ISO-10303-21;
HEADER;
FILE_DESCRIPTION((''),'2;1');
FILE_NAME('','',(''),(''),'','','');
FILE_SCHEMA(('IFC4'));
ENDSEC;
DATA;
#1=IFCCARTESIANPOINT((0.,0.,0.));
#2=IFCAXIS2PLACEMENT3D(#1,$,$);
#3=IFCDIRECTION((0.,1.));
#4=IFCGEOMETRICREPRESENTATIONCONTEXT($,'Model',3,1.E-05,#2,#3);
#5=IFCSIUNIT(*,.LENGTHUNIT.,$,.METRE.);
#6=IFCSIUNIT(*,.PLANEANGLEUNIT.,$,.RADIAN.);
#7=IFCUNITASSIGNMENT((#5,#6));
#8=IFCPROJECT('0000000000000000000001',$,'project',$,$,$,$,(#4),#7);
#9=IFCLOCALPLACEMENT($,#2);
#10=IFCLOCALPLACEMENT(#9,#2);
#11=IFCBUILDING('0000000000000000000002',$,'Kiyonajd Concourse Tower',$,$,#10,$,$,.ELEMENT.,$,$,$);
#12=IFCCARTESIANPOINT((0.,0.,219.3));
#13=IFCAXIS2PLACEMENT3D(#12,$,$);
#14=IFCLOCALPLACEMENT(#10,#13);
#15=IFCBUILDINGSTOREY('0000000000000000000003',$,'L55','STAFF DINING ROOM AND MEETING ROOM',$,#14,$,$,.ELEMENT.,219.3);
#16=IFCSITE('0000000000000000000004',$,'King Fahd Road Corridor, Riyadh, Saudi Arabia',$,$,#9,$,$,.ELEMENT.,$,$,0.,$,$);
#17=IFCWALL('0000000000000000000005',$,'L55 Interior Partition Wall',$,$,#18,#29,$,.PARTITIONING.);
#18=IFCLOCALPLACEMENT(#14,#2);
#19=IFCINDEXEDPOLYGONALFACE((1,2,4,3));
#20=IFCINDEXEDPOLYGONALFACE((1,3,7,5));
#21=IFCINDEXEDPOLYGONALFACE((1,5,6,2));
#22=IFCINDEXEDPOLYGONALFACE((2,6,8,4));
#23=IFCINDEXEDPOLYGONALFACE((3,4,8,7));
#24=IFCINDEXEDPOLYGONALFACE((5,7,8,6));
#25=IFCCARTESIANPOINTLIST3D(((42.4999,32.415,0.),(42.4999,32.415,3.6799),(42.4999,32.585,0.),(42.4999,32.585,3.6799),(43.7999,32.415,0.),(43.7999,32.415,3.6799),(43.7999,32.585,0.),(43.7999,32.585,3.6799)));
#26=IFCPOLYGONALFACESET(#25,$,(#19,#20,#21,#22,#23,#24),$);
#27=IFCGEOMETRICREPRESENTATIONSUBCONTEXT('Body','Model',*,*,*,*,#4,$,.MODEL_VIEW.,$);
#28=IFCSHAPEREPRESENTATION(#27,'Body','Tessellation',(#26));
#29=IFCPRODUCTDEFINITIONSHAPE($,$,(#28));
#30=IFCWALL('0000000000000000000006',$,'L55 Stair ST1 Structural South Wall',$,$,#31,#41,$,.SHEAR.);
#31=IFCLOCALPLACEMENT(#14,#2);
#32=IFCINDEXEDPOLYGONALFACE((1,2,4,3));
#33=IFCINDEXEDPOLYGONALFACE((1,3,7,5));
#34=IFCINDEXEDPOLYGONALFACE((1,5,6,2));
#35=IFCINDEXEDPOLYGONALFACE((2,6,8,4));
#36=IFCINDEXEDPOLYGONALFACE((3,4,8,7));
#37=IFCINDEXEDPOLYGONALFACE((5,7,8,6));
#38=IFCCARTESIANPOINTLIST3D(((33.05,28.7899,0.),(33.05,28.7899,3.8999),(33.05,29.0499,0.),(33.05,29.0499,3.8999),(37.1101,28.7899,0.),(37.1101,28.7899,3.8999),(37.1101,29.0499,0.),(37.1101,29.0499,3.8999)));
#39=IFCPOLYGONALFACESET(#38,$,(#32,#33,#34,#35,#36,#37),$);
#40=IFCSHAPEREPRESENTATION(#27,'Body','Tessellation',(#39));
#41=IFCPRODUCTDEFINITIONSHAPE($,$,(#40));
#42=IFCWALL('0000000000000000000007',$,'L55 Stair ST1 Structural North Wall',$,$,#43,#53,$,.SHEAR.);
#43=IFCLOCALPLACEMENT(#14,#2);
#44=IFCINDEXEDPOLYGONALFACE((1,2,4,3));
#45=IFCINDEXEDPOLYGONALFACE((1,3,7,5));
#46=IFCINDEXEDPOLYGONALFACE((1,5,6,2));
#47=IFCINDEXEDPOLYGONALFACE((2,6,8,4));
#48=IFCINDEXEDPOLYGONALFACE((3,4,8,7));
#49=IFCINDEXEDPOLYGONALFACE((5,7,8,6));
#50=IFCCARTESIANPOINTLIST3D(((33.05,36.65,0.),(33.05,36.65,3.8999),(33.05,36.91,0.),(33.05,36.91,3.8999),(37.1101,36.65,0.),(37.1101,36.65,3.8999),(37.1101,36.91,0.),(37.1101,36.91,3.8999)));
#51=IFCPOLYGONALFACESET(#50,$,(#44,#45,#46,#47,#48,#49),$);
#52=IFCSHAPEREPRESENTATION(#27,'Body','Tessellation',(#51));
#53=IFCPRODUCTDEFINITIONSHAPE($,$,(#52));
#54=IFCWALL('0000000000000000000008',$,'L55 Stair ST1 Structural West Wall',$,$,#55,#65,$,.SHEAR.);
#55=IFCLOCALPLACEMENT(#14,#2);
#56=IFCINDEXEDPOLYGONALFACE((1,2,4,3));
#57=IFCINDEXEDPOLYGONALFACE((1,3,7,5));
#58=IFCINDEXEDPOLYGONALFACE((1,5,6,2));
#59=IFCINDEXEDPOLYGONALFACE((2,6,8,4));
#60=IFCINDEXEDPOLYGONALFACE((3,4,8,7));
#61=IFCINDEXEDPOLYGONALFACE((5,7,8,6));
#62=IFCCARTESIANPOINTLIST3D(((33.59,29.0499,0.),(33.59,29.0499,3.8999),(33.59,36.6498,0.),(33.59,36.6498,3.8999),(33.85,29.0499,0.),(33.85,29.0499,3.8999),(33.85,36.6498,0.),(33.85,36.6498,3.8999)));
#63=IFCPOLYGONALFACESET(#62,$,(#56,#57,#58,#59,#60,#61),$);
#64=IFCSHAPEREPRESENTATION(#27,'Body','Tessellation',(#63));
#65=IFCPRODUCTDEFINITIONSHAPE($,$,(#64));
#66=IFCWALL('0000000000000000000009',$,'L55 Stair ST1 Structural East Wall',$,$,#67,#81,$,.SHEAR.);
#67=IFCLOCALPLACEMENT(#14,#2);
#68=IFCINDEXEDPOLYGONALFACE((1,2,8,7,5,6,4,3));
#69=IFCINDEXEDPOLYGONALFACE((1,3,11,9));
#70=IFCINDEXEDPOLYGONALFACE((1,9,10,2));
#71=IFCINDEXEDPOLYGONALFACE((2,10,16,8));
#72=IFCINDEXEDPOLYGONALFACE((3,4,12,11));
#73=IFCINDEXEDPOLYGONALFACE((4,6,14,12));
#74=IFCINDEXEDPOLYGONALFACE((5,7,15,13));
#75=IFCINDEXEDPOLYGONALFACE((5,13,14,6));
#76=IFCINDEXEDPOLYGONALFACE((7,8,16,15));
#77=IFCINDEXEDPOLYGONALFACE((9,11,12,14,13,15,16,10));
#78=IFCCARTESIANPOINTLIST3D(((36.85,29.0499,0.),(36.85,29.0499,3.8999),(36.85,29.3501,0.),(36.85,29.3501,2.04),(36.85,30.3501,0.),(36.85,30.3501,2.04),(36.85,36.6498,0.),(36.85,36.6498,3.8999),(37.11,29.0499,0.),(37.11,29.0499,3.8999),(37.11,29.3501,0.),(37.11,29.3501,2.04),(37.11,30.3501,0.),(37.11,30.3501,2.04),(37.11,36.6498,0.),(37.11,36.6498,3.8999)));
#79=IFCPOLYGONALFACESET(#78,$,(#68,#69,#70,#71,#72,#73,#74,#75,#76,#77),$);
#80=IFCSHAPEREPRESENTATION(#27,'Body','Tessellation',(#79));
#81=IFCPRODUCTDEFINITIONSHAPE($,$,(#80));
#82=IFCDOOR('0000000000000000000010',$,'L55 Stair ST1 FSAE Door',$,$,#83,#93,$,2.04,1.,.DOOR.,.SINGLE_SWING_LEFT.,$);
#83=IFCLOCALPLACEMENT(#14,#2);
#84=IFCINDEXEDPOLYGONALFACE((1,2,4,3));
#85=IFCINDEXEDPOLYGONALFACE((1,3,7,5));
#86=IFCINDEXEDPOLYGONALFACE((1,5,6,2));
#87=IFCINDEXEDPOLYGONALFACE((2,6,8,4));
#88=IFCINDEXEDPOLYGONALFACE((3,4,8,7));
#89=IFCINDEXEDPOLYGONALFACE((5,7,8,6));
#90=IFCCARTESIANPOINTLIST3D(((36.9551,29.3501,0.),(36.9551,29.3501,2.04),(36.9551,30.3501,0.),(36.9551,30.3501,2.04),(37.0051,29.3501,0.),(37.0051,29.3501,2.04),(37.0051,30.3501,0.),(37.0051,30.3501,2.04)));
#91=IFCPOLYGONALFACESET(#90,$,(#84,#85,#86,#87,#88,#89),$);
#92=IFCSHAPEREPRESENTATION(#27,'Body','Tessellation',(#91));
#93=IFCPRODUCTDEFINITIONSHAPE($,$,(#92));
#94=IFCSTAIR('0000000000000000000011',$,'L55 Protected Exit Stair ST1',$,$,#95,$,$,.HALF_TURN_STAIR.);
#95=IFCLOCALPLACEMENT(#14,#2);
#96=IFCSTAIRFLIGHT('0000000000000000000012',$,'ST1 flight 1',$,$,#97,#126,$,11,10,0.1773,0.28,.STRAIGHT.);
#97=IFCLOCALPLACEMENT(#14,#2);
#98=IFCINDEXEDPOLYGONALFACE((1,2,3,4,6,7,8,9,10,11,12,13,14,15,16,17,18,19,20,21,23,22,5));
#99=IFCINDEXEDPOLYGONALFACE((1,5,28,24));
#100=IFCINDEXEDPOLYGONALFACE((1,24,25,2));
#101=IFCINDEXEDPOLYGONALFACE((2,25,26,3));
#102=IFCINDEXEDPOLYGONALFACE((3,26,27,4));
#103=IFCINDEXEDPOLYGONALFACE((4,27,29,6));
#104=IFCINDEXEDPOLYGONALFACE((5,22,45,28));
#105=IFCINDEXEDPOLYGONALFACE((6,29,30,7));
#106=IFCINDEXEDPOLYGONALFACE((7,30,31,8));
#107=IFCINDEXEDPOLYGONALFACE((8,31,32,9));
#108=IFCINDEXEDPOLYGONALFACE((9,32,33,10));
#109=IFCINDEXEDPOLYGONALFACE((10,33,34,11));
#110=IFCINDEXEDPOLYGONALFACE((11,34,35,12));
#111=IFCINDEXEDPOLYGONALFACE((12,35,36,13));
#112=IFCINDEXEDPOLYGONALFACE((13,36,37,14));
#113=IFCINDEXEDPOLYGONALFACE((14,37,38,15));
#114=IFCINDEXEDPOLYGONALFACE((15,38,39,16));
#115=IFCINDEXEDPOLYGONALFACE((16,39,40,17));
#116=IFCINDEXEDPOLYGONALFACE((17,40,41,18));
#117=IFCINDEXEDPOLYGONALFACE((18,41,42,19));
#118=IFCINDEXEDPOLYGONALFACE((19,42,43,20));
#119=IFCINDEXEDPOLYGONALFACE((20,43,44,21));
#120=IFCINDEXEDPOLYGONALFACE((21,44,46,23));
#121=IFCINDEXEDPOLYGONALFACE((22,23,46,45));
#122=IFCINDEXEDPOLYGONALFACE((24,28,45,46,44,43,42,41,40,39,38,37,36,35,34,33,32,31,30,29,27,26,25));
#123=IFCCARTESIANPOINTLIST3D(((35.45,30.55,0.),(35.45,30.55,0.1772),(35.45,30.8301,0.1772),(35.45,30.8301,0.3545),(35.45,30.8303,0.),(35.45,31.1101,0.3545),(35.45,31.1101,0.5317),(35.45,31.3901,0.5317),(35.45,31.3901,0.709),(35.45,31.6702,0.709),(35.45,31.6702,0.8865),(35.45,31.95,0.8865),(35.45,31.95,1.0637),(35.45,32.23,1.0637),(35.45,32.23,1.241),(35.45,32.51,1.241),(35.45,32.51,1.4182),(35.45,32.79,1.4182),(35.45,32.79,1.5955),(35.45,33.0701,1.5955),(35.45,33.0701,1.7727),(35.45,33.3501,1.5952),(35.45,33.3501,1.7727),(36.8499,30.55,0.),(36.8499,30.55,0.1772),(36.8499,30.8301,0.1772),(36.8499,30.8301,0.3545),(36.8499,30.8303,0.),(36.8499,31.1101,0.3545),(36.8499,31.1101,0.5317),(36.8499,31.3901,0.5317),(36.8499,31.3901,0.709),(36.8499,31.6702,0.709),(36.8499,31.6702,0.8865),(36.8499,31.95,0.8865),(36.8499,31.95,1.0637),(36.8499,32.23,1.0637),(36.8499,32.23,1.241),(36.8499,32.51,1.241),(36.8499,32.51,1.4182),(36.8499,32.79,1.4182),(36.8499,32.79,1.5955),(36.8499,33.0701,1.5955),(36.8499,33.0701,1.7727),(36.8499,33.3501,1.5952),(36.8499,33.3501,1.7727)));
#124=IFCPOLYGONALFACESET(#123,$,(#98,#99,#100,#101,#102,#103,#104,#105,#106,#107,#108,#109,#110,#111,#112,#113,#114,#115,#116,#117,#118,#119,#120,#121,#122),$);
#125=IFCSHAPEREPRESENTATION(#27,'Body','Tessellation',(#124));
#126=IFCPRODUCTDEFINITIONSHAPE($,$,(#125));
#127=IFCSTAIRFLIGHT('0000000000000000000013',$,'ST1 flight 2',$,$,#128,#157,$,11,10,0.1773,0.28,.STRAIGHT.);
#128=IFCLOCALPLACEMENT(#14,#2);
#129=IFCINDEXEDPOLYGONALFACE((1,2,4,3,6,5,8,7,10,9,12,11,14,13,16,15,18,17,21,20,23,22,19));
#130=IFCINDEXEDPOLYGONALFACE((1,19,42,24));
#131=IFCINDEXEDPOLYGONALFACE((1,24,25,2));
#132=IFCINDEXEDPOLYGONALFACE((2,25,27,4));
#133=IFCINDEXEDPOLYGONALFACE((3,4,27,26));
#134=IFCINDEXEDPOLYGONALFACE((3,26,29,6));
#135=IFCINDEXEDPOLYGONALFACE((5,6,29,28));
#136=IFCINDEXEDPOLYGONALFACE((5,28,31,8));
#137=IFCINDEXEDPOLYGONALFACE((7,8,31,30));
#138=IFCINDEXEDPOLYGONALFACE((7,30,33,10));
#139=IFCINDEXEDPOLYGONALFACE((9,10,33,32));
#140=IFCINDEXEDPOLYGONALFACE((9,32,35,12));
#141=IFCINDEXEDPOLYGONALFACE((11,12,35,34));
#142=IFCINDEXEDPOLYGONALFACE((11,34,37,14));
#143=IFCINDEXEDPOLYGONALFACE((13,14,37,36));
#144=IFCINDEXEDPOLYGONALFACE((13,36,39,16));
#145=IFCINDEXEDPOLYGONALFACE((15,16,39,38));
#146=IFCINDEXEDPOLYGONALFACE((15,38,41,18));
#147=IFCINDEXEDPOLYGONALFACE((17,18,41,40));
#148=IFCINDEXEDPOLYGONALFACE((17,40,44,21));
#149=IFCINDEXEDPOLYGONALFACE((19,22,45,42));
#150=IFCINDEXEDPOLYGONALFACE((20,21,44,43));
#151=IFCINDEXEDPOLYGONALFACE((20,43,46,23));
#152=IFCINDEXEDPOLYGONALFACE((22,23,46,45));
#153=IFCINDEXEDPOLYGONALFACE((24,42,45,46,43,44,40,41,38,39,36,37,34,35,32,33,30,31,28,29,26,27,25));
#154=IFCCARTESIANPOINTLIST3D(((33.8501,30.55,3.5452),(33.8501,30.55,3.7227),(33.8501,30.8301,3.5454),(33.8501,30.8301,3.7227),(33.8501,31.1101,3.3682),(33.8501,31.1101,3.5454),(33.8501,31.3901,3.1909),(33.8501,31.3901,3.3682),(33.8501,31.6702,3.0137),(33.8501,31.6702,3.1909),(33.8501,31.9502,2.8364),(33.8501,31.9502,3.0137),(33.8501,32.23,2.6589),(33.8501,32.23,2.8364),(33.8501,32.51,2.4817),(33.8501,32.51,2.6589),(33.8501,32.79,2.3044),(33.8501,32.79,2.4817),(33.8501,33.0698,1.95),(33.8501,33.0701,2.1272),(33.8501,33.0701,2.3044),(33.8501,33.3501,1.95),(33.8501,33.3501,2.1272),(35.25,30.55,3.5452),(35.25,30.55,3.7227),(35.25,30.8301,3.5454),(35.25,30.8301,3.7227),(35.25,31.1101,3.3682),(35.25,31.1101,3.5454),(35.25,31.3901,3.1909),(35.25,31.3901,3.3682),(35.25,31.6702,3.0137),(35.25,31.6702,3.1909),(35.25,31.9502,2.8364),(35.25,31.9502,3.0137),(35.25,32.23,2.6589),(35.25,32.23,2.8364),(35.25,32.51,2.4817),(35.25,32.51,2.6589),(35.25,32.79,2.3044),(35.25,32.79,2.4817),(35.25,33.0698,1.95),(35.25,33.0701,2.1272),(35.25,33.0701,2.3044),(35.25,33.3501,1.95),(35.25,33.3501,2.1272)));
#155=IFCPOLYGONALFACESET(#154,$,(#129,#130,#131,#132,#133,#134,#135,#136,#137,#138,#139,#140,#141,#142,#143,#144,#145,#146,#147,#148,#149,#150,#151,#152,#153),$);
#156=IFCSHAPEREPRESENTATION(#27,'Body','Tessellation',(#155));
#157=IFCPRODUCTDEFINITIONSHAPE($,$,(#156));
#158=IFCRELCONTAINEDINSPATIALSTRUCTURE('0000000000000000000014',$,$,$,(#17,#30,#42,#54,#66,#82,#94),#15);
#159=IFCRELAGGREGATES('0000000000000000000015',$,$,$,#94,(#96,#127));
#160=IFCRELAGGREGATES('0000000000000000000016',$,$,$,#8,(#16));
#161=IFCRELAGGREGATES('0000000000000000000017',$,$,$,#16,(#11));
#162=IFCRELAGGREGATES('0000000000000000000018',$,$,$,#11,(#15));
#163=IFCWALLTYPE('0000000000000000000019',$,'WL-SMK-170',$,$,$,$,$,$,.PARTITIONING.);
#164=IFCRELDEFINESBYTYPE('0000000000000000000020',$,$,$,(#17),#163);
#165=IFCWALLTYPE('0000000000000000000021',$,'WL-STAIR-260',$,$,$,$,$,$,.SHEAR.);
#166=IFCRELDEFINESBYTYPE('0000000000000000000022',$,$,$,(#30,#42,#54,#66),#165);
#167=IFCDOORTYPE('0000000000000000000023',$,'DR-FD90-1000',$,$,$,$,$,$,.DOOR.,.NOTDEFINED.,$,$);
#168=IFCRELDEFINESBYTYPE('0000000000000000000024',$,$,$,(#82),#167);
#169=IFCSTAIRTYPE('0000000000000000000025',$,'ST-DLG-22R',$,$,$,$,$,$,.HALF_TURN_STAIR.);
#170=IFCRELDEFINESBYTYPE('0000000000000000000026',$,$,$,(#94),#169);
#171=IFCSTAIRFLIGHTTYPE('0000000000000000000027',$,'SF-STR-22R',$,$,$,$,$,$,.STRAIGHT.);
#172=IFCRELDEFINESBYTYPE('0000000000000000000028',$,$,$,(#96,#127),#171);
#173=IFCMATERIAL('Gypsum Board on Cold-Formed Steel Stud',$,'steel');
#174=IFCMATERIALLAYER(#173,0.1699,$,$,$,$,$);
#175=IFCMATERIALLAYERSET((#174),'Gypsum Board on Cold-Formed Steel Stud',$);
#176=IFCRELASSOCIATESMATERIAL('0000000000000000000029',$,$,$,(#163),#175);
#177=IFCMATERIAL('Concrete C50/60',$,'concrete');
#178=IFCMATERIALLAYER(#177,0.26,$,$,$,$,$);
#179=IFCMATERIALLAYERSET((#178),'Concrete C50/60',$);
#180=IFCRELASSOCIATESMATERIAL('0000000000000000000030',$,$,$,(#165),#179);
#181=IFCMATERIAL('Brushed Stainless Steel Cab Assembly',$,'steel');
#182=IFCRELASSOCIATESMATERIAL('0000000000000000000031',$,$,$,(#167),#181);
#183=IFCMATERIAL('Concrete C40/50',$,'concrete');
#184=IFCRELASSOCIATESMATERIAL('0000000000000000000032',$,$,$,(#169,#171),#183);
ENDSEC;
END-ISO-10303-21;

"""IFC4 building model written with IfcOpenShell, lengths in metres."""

from ifc_helpers import new_model, si_unit, direction, frame, frame_2d, origin, place, context, subcontext, project, spatial, polyline, rectangle, outline, extrude, material, layer, layer_set, type_object, element, fill, aggregate, save


model = new_model("IFC4")

# Units and contexts
model_context = context("Model", 3, precision=1e-05, world=origin(), true_north=direction((0.0, 1.0)))
body_context = subcontext(model_context, "Body", "Model", "MODEL_VIEW")
ifc_project = project(units=[si_unit("LENGTHUNIT", "METRE"), si_unit("PLANEANGLEUNIT", "RADIAN")], contexts=[model_context])

# Site, building, storey
site_placement = place(None, origin())
site = spatial("IfcSite", under=ifc_project, at=site_placement, Name="King Fahd Road Corridor, Riyadh, Saudi Arabia", CompositionType="ELEMENT", RefElevation=0.0)
building_placement = place(site_placement, origin())
building = spatial("IfcBuilding", under=site, at=building_placement, Name="Kiyonajd Concourse Tower", CompositionType="ELEMENT")
storey_placement = place(building_placement, frame((0.0, 0.0, 219.3)))
storey = spatial("IfcBuildingStorey", under=building, at=storey_placement, Name="L55", Description="STAFF DINING ROOM AND MEETING ROOM", CompositionType="ELEMENT", Elevation=219.3)

# Shared definitions
ifc_material_1 = material(Name="Concrete C50/60", Category="concrete")

# Shared definitions
ifc_material_2 = material(Name="Gypsum Board on Cold-Formed Steel Stud", Category="steel")

# Shared definitions
ifc_material_3 = material(Name="Brushed Stainless Steel Cab Assembly", Category="steel")

# Walls
ifc_layer_1 = layer(ifc_material_2, 0.1699)
ifc_layer_set_1 = layer_set([ifc_layer_1], Name="Gypsum Board on Cold-Formed Steel Stud")
wall_type_1 = type_object("IfcWallType", Name="WL-SMK-170", PredefinedType="PARTITIONING", material=ifc_layer_set_1)
wall_1_placement = place(storey_placement, frame((42.5, 32.5, 0.0), z_axis=(0.0, 0.0, 1.0), x_axis=(1.0, 0.0, 0.0)))
element("IfcWall", 1, at=wall_1_placement, inside=storey, type_object=wall_type_1, Name="L55 Interior Partition Wall", PredefinedType="PARTITIONING", context=body_context, shape_type="SweptSolid", body=[
    extrude(rectangle(XDim=1.3, YDim=0.1699, at=frame_2d((0.6499, 0.0))), origin(), (0.0, 0.0, 1.0), 3.6799),
])
ifc_layer_2 = layer(ifc_material_1, 0.26)
ifc_layer_set_2 = layer_set([ifc_layer_2], Name="Concrete C50/60")
wall_type_2 = type_object("IfcWallType", Name="WL-STAIR-260", PredefinedType="SHEAR", material=ifc_layer_set_2)
for number, where, z_axis, x_axis, name in (
    (2, (33.05, 28.9199, 0.0), (0.0, 0.0, 1.0), (1.0, 0.0, 0.0), "L55 Stair ST1 Structural South Wall"),
    (3, (33.05, 36.78, 0.0), (0.0, 0.0, 1.0), (1.0, 0.0, 0.0), "L55 Stair ST1 Structural North Wall"),
):
    element("IfcWall", number, at=place(storey_placement, frame(where, z_axis=z_axis, x_axis=x_axis)), inside=storey, type_object=wall_type_2, Name=name, PredefinedType="SHEAR", context=body_context, shape_type="SweptSolid", body=[
        extrude(rectangle(XDim=4.0601, YDim=0.26, at=frame_2d((2.03, 0.0))), origin(), (0.0, 0.0, 1.0), 3.8999),
    ])
wall_2_placement = place(storey_placement, frame((33.72, 29.05, 0.0), z_axis=(0.0, 0.0, 1.0), x_axis=(0.0, 1.0, 0.0)))
element("IfcWall", 4, at=wall_2_placement, inside=storey, type_object=wall_type_2, Name="L55 Stair ST1 Structural West Wall", PredefinedType="SHEAR", context=body_context, shape_type="SweptSolid", body=[
    extrude(rectangle(XDim=7.5999, YDim=0.26, at=frame_2d((3.7998, 0.0))), origin(), (0.0, 0.0, 1.0), 3.8999),
])

# Wall, opening, door
wall_3_placement = place(storey_placement, frame((36.98, 29.05, 0.0), z_axis=(0.0, 0.0, 1.0), x_axis=(0.0, 1.0, 0.0)))
wall_3 = element("IfcWall", 5, at=wall_3_placement, inside=storey, type_object=wall_type_2, Name="L55 Stair ST1 Structural East Wall", PredefinedType="SHEAR", context=body_context, shape_type="SweptSolid", body=[
    extrude(rectangle(XDim=7.5999, YDim=0.26, at=frame_2d((3.7998, 0.0))), origin(), (0.0, 0.0, 1.0), 3.8999),
])
opening_1_placement = place(wall_3_placement, frame((0.3, 0.0, 0.0)))
opening_1 = element("IfcOpeningElement", 6, at=opening_1_placement, cuts=wall_3, PredefinedType="OPENING", context=body_context, shape_type="SweptSolid", body=[
    extrude(rectangle(XDim=1.0, YDim=2.04, at=frame_2d((0.5, 1.02))), frame((0.0, 0.1399, 0.0), z_axis=(0.0, -1.0, 0.0), x_axis=(1.0, 0.0, 0.0)), (0.0, 0.0, 1.0), 0.28),
])
door_type_1 = type_object("IfcDoorType", Name="DR-FD90-1000", OperationType="NOTDEFINED", PredefinedType="DOOR", material=ifc_material_3)
door_1_placement = place(opening_1_placement, origin())
door_1 = element("IfcDoor", 7, at=door_1_placement, inside=storey, type_object=door_type_1, Name="L55 Stair ST1 FSAE Door", OperationType="SINGLE_SWING_LEFT", OverallHeight=2.04, OverallWidth=1.0, PredefinedType="DOOR", context=body_context, shape_type="SweptSolid", body=[
    extrude(rectangle(XDim=1.0, YDim=2.04, at=frame_2d((0.5, 1.02))), frame((0.0, 0.0249, 0.0), z_axis=(0.0, -1.0, 0.0), x_axis=(1.0, 0.0, 0.0)), (0.0, 0.0, 1.0), 0.05),
])
fill(opening_1, door_1)

# Stair, stair flights
ifc_material_4 = material(Name="Concrete C40/50", Category="concrete")
stair_type = type_object("IfcStairType", Name="ST-DLG-22R", PredefinedType="HALF_TURN_STAIR", material=ifc_material_4)
stair_placement = place(storey_placement, origin())
stair = element("IfcStair", 8, at=stair_placement, inside=storey, type_object=stair_type, Name="L55 Protected Exit Stair ST1", PredefinedType="HALF_TURN_STAIR")
stair_flight_type = type_object("IfcStairFlightType", Name="SF-STR-22R", PredefinedType="STRAIGHT", material=ifc_material_4)
stair_flight_1_placement = place(storey_placement, frame((36.1499, 30.55, 0.0), z_axis=(0.0, 0.0, 1.0), x_axis=(0.0, 1.0, 0.0)))
stair_flight_1 = element("IfcStairFlight", 9, at=stair_flight_1_placement, type_object=stair_flight_type, Name="ST1 flight 1", NumberOfRisers=11, NumberOfTreads=10, PredefinedType="STRAIGHT", RiserHeight=0.1773, TreadLength=0.28, context=body_context, shape_type="SweptSolid", body=[
    extrude(outline(polyline([(0.0, 0.0), (0.0, 0.1772), (0.28, 0.1772), (0.28, 0.3545), (0.5601, 0.3545), (0.5601, 0.5317), (0.8401, 0.5317), (0.8401, 0.709), (1.1201, 0.709), (1.1201, 0.8865), (1.3999, 0.8865), (1.3999, 1.0637), (1.6799, 1.0637), (1.6799, 1.241), (1.96, 1.241), (1.96, 1.4182), (2.24, 1.4182), (2.24, 1.5955), (2.52, 1.5955), (2.52, 1.7727), (2.8, 1.7727), (2.8, 1.95), (2.8, 1.5952), (0.2803, 0.0), (0.0, 0.0)])), frame((0.0, 0.7, 0.0), z_axis=(0.0, -1.0, 0.0), x_axis=(1.0, 0.0, 0.0)), (0.0, 0.0, 1.0), 1.3999),
])
stair_flight_2_placement = place(storey_placement, frame((34.55, 33.3501, 1.95), z_axis=(0.0, 0.0, 1.0), x_axis=(0.0, -1.0, 0.0)))
stair_flight_2 = element("IfcStairFlight", 10, at=stair_flight_2_placement, type_object=stair_flight_type, Name="ST1 flight 2", NumberOfRisers=11, NumberOfTreads=10, PredefinedType="STRAIGHT", RiserHeight=0.1773, TreadLength=0.28, context=body_context, shape_type="SweptSolid", body=[
    extrude(outline(polyline([(0.0, 0.0), (0.0, 0.1772), (0.28, 0.1772), (0.28, 0.3545), (0.5601, 0.3545), (0.5601, 0.5317), (0.8401, 0.5317), (0.8401, 0.709), (1.1201, 0.709), (1.1201, 0.8865), (1.3999, 0.8865), (1.3999, 1.0637), (1.6799, 1.0637), (1.6799, 1.241), (1.96, 1.241), (1.96, 1.4182), (2.24, 1.4182), (2.24, 1.5955), (2.52, 1.5955), (2.52, 1.7727), (2.8, 1.7727), (2.8, 1.95), (2.8, 1.5952), (0.2803, 0.0), (0.0, 0.0)])), frame((0.0, 0.7, 0.0), z_axis=(0.0, -1.0, 0.0), x_axis=(1.0, 0.0, 0.0)), (0.0, 0.0, 1.0), 1.3999),
])
aggregate(stair, [stair_flight_1, stair_flight_2])

save(model, "model.ifc")
